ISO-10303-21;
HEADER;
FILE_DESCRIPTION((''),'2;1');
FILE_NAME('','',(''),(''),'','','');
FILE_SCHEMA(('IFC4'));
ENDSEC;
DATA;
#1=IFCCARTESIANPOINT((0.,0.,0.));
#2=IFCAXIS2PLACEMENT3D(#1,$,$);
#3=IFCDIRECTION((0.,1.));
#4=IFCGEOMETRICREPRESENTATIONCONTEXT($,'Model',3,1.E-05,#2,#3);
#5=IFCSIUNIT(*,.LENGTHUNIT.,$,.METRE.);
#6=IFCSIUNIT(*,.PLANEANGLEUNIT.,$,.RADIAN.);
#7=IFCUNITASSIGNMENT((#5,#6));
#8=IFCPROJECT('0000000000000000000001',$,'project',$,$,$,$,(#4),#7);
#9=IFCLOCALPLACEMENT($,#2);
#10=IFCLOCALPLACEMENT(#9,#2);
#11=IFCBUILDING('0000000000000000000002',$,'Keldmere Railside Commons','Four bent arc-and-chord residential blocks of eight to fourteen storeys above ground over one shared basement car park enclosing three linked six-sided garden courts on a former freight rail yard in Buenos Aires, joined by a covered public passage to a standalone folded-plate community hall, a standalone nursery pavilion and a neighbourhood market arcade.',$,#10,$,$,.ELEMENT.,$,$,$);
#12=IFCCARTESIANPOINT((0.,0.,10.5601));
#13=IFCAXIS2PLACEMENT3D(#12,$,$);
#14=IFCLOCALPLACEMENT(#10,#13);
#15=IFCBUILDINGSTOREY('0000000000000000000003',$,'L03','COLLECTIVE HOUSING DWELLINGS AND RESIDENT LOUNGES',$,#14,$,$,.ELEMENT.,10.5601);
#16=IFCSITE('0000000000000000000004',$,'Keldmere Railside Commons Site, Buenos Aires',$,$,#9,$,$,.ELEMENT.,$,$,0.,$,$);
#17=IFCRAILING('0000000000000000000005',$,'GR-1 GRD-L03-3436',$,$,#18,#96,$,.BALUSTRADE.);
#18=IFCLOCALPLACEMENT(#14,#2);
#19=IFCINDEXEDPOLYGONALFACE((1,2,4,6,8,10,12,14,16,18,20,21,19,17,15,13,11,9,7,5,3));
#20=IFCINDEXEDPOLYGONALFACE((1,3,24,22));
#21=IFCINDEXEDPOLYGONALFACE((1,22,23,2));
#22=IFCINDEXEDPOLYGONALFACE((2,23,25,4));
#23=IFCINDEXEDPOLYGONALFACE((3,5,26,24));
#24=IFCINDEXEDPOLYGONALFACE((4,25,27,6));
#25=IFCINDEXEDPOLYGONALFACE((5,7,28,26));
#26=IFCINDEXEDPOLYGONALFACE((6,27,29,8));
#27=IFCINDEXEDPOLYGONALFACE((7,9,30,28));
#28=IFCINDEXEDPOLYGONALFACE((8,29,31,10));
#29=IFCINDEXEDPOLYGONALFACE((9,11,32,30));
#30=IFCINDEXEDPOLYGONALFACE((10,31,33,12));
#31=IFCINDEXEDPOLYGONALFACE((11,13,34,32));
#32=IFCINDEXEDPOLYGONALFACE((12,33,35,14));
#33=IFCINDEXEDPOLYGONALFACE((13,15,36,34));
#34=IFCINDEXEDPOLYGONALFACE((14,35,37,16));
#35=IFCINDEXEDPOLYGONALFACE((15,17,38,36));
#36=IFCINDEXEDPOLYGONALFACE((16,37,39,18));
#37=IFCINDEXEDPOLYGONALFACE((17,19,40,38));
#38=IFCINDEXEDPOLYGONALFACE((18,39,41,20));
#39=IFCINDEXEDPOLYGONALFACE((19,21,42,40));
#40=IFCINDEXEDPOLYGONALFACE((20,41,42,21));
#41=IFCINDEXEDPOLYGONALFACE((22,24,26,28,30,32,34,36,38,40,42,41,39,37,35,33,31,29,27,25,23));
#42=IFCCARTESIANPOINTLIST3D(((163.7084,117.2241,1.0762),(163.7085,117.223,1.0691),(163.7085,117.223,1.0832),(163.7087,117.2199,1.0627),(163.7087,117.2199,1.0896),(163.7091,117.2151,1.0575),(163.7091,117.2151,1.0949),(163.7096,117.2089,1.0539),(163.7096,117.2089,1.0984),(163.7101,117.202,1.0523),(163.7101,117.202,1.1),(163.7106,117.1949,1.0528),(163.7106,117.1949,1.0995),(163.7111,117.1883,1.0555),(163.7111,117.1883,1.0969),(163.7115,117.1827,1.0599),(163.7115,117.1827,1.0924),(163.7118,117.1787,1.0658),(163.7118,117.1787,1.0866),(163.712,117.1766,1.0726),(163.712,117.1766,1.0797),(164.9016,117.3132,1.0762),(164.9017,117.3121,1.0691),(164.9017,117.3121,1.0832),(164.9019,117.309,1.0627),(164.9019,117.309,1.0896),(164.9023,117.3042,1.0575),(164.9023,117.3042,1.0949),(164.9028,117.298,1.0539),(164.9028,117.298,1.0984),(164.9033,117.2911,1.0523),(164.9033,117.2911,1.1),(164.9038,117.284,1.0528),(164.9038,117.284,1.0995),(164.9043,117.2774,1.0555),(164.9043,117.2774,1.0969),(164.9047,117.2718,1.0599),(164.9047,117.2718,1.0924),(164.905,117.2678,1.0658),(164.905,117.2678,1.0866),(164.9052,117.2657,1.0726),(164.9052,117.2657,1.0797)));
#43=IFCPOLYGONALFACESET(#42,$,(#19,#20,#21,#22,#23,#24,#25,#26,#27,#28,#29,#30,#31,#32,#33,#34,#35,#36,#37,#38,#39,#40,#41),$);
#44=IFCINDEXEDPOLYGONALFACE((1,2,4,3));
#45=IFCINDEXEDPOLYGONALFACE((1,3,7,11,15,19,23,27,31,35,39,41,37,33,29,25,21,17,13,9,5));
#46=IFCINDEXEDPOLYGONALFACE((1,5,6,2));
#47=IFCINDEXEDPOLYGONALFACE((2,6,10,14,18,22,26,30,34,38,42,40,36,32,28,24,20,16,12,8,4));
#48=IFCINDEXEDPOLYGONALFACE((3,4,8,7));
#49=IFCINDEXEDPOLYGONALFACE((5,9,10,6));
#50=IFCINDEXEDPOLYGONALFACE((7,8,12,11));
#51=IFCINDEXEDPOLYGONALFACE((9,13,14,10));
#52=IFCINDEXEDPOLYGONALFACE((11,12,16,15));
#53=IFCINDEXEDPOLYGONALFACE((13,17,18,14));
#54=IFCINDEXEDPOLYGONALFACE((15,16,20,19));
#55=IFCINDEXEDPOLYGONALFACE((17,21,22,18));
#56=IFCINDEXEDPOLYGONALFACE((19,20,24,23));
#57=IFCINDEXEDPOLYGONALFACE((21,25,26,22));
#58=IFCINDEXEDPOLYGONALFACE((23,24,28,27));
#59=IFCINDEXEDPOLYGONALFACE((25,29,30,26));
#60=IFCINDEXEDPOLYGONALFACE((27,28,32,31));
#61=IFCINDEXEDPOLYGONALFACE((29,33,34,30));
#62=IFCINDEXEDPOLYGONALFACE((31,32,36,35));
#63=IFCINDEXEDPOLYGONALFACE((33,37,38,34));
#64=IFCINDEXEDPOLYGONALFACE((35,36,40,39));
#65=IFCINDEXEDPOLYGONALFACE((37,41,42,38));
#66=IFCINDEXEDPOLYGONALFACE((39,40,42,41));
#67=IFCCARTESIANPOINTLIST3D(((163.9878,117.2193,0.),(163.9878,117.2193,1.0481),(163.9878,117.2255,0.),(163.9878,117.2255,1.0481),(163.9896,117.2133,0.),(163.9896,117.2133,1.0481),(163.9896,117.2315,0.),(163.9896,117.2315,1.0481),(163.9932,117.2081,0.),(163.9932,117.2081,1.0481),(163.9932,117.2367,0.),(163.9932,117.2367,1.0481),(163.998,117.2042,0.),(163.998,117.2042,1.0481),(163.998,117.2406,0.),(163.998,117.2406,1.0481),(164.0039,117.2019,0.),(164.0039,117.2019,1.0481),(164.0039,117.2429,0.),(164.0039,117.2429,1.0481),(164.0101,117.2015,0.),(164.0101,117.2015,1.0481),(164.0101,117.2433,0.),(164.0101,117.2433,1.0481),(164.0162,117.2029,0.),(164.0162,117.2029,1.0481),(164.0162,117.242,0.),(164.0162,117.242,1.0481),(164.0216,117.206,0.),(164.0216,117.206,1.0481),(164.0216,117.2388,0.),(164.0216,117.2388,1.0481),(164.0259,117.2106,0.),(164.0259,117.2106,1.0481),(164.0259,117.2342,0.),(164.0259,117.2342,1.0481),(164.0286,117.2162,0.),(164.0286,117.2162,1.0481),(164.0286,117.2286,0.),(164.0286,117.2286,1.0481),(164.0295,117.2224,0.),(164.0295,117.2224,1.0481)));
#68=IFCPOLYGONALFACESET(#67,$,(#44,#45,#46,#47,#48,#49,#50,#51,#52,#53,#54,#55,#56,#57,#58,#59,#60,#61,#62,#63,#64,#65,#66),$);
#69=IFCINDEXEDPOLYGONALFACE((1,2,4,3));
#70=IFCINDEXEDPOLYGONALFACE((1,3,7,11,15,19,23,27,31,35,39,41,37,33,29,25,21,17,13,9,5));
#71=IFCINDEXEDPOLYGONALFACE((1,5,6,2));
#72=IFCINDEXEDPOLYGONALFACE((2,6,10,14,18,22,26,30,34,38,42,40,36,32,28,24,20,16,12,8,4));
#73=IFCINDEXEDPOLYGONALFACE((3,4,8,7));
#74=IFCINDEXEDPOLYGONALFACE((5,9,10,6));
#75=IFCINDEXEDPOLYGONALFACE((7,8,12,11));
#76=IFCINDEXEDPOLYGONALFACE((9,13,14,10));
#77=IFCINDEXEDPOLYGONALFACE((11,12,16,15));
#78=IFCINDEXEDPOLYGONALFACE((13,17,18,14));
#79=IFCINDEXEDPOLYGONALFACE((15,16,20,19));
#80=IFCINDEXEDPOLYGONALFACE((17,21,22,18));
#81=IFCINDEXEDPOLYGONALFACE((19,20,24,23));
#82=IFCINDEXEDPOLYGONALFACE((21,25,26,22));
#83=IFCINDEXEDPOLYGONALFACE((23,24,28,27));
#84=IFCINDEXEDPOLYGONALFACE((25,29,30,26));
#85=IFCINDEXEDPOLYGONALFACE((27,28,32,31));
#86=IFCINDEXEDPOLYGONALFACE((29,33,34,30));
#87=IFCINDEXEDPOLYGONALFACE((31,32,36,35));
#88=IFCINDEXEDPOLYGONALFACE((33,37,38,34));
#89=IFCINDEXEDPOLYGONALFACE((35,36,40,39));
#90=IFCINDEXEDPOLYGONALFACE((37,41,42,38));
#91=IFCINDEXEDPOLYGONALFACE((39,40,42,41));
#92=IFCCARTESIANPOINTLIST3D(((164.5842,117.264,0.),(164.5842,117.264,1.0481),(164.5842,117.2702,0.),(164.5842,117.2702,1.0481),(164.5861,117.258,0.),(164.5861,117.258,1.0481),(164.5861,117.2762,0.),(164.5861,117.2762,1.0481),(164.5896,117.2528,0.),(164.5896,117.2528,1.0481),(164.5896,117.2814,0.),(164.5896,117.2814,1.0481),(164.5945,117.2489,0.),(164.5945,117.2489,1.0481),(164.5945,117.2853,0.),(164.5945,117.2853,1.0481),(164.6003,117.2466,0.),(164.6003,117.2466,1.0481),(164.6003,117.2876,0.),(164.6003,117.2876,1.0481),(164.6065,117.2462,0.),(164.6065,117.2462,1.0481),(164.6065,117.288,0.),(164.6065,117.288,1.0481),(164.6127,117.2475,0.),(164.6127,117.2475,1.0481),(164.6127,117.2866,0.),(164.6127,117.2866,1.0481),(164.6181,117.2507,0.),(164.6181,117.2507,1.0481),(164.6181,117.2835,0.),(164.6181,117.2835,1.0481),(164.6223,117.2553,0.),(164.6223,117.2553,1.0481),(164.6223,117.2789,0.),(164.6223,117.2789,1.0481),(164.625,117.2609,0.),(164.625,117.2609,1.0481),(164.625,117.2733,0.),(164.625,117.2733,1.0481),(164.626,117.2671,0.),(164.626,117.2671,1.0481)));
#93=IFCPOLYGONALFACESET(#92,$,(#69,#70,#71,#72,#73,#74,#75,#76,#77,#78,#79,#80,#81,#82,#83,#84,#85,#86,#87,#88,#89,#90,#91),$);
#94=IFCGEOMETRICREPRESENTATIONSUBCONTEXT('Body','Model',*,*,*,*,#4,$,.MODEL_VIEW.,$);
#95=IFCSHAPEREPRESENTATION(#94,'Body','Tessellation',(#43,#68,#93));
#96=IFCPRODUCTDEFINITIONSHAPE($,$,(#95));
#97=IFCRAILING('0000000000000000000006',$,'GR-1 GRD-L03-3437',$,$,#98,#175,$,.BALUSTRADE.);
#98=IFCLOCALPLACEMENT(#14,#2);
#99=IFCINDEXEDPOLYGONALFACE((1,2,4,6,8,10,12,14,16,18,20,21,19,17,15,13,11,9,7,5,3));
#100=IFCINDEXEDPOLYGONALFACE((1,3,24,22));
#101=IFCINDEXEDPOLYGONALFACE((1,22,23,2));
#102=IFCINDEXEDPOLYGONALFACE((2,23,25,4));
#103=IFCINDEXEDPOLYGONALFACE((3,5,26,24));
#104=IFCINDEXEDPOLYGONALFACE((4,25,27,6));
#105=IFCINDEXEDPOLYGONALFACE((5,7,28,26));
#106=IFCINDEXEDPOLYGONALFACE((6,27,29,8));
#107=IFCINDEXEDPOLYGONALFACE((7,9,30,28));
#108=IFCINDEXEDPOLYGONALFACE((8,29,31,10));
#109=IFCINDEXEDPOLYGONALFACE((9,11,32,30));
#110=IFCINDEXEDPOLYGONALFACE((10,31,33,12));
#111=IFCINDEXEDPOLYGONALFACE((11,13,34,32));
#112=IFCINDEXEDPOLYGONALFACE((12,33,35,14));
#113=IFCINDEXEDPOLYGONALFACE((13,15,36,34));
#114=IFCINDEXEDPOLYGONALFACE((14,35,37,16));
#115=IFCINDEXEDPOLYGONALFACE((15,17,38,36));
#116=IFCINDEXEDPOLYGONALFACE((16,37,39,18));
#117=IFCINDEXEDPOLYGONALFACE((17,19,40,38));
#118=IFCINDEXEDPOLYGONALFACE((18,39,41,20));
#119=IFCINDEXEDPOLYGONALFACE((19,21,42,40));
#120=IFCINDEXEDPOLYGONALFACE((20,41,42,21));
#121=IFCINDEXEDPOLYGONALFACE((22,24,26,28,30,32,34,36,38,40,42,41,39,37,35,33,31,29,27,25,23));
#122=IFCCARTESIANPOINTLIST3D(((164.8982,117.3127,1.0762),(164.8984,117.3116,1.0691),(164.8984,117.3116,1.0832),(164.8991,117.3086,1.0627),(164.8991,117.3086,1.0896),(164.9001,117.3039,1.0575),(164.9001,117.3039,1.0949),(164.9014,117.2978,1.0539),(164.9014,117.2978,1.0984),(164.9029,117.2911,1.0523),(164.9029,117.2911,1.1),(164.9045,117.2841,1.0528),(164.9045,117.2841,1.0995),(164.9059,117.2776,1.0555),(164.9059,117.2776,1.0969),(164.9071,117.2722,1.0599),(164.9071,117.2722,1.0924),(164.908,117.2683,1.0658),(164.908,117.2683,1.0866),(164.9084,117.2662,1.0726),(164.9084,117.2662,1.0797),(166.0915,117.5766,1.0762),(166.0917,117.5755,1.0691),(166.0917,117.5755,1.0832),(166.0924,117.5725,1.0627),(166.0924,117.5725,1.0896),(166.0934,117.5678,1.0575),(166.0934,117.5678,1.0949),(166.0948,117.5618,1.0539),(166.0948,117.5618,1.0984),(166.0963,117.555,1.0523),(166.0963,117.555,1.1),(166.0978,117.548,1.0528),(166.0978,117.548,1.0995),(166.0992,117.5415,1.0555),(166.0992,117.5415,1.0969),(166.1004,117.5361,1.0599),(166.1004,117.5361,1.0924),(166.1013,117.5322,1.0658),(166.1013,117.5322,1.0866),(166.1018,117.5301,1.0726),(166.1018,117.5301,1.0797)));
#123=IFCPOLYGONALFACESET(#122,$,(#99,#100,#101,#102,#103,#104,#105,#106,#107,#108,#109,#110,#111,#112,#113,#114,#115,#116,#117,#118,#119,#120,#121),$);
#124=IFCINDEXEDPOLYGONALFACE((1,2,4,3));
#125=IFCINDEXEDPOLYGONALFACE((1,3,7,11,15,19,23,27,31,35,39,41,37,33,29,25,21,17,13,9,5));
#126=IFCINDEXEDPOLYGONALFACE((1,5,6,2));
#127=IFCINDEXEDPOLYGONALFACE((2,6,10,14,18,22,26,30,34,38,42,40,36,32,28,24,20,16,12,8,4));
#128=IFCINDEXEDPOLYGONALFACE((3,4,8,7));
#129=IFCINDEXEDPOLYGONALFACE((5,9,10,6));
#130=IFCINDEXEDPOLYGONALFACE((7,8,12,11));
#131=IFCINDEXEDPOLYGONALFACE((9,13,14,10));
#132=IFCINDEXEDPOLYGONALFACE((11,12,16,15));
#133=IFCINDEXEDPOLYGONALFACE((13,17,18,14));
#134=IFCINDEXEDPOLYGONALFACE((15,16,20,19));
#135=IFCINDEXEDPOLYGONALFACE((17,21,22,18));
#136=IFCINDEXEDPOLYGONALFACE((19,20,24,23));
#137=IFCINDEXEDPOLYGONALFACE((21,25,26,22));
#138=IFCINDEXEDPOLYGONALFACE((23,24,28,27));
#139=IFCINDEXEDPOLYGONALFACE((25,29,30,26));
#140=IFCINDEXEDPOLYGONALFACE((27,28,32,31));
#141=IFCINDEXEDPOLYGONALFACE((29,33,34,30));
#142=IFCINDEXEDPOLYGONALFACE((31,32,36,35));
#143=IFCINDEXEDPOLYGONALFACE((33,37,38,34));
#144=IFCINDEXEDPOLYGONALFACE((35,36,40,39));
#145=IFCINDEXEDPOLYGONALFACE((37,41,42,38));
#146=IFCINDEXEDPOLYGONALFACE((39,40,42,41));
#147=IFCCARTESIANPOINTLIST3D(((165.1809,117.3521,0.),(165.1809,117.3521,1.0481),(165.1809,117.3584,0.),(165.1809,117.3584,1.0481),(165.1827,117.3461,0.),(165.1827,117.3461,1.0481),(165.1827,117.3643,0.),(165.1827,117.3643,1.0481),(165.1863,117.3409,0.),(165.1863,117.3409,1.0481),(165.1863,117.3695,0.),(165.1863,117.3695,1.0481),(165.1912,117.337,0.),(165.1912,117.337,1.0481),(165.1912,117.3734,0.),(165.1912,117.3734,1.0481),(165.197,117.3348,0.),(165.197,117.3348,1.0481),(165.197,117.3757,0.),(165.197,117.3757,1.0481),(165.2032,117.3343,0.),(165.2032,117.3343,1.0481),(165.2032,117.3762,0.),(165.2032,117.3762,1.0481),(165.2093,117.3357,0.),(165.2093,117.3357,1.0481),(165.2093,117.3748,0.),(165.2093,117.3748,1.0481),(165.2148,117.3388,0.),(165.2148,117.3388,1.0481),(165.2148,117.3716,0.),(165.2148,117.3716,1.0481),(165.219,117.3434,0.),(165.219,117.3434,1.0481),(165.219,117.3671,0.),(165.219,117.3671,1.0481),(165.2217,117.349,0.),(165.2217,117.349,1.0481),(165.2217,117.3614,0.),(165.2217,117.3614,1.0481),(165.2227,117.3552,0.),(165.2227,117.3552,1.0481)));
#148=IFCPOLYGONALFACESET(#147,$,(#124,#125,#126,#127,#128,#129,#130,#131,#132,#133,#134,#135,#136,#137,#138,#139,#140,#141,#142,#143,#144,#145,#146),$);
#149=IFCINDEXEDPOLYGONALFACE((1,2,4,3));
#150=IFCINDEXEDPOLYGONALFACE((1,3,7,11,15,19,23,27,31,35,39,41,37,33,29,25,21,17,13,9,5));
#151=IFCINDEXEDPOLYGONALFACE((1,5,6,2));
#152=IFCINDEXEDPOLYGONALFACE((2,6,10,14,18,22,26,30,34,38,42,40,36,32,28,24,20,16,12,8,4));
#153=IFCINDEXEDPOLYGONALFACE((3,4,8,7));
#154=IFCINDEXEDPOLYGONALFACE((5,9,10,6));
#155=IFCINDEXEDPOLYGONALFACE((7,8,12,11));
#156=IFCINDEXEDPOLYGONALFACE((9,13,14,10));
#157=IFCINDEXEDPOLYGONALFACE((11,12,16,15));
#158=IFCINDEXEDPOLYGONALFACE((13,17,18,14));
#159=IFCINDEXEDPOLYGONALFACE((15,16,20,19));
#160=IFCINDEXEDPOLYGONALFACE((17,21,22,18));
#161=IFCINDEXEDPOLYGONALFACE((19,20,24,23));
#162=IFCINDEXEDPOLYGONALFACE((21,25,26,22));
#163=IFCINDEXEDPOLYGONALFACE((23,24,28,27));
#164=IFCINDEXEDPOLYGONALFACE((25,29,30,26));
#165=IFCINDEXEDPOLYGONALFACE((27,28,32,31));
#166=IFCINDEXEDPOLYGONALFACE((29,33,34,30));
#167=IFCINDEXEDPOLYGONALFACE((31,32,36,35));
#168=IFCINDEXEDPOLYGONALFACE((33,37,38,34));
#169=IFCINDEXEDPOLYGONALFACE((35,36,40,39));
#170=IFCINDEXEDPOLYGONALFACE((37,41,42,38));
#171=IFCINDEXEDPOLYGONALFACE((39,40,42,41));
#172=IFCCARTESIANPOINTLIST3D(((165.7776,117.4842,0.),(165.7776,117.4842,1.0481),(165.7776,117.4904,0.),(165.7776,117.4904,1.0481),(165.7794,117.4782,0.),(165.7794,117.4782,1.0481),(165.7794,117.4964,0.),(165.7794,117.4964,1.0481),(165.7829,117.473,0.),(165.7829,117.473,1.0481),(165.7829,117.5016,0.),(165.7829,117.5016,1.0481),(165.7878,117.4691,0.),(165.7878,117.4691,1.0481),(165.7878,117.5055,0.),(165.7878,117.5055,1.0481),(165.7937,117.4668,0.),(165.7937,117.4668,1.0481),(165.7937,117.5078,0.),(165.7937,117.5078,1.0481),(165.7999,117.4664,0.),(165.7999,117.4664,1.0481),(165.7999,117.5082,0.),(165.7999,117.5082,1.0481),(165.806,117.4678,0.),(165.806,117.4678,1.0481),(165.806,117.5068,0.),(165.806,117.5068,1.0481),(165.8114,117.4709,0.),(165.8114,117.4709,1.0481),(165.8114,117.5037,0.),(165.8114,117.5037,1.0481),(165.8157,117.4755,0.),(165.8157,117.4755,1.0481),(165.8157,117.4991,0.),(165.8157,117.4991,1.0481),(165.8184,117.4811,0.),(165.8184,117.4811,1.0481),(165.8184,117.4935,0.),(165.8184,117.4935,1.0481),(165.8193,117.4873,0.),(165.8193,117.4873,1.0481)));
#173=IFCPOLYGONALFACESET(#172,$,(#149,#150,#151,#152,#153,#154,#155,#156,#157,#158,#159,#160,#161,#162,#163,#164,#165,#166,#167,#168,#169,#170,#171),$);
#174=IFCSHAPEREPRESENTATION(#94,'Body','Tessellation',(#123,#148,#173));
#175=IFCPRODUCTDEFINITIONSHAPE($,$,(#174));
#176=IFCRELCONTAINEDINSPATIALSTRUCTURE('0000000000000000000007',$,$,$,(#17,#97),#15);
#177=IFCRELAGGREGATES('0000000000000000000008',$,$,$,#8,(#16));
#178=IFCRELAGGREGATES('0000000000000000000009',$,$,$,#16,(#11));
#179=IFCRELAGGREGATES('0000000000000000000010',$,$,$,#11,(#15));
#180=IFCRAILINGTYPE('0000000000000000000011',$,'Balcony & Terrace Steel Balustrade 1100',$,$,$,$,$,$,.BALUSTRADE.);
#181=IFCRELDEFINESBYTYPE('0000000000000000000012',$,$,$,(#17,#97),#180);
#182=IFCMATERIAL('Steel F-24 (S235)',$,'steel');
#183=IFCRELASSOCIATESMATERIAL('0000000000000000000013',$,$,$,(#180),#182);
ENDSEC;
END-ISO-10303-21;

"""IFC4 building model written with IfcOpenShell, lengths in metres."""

from ifc_helpers import new_model, si_unit, direction, frame, origin, origin_2d, place, context, subcontext, project, spatial, circle, extrude, material, type_object, element, save


model = new_model("IFC4")

# Units and contexts
model_context = context("Model", 3, precision=1e-05, world=origin(), true_north=direction((0.0, 1.0)))
body_context = subcontext(model_context, "Body", "Model", "MODEL_VIEW")
ifc_project = project(units=[si_unit("LENGTHUNIT", "METRE"), si_unit("PLANEANGLEUNIT", "RADIAN")], contexts=[model_context])

# Site, building, storey
site_placement = place(None, origin())
site = spatial("IfcSite", under=ifc_project, at=site_placement, Name="Keldmere Railside Commons Site, Buenos Aires", CompositionType="ELEMENT", RefElevation=0.0)
building_placement = place(site_placement, origin())
building = spatial("IfcBuilding", under=site, at=building_placement, Name="Keldmere Railside Commons", Description="Four bent arc-and-chord residential blocks of eight to fourteen storeys above ground over one shared basement car park enclosing three linked six-sided garden courts on a former freight rail yard in Buenos Aires, joined by a covered public passage to a standalone folded-plate community hall, a standalone nursery pavilion and a neighbourhood market arcade.", CompositionType="ELEMENT")
storey_placement = place(building_placement, frame((0.0, 0.0, 10.5601)))
storey = spatial("IfcBuildingStorey", under=building, at=storey_placement, Name="L03", Description="COLLECTIVE HOUSING DWELLINGS AND RESIDENT LOUNGES", CompositionType="ELEMENT", Elevation=10.5601)

# Railings
ifc_material_1 = material(Name="Steel F-24 (S235)", Category="steel")
railing_type = type_object("IfcRailingType", Name="Balcony & Terrace Steel Balustrade 1100", PredefinedType="BALUSTRADE", material=ifc_material_1)
railing_1_placement = place(storey_placement, frame((163.7102, 117.2002, 0.0)))
element("IfcRailing", 1, at=railing_1_placement, inside=storey, type_object=railing_type, Name="GR-1 GRD-L03-3436", PredefinedType="BALUSTRADE", context=body_context, shape_type="SweptSolid", body=[
    extrude(circle(Radius=0.0239, at=origin_2d()), frame((0.0, 0.0, 1.0762), z_axis=(0.997222, 0.07448, 0.0), x_axis=(-0.07448, 0.997222, 0.0)), (0.0, 0.0, 1.0), 1.1965),
    extrude(circle(Radius=0.021, at=origin_2d()), frame((0.2983, 0.0222, 0.0)), (0.0, 0.0, 1.0), 1.0481),
    extrude(circle(Radius=0.021, at=origin_2d()), frame((0.8948, 0.0669, 0.0)), (0.0, 0.0, 1.0), 1.0481),
])
railing_2_placement = place(storey_placement, frame((164.9033, 117.2893, 0.0)))
element("IfcRailing", 2, at=railing_2_placement, inside=storey, type_object=railing_type, Name="GR-1 GRD-L03-3437", PredefinedType="BALUSTRADE", context=body_context, shape_type="SweptSolid", body=[
    extrude(circle(Radius=0.0239, at=origin_2d()), frame((0.0, 0.0, 1.0762), z_axis=(0.976407, 0.215936, 0.0), x_axis=(-0.215936, 0.976407, 0.0)), (0.0, 0.0, 1.0), 1.2222),
    extrude(circle(Radius=0.021, at=origin_2d()), frame((0.2983, 0.0659, 0.0)), (0.0, 0.0, 1.0), 1.0481),
    extrude(circle(Radius=0.021, at=origin_2d()), frame((0.895, 0.198, 0.0)), (0.0, 0.0, 1.0), 1.0481),
])

save(model, "model.ifc")
